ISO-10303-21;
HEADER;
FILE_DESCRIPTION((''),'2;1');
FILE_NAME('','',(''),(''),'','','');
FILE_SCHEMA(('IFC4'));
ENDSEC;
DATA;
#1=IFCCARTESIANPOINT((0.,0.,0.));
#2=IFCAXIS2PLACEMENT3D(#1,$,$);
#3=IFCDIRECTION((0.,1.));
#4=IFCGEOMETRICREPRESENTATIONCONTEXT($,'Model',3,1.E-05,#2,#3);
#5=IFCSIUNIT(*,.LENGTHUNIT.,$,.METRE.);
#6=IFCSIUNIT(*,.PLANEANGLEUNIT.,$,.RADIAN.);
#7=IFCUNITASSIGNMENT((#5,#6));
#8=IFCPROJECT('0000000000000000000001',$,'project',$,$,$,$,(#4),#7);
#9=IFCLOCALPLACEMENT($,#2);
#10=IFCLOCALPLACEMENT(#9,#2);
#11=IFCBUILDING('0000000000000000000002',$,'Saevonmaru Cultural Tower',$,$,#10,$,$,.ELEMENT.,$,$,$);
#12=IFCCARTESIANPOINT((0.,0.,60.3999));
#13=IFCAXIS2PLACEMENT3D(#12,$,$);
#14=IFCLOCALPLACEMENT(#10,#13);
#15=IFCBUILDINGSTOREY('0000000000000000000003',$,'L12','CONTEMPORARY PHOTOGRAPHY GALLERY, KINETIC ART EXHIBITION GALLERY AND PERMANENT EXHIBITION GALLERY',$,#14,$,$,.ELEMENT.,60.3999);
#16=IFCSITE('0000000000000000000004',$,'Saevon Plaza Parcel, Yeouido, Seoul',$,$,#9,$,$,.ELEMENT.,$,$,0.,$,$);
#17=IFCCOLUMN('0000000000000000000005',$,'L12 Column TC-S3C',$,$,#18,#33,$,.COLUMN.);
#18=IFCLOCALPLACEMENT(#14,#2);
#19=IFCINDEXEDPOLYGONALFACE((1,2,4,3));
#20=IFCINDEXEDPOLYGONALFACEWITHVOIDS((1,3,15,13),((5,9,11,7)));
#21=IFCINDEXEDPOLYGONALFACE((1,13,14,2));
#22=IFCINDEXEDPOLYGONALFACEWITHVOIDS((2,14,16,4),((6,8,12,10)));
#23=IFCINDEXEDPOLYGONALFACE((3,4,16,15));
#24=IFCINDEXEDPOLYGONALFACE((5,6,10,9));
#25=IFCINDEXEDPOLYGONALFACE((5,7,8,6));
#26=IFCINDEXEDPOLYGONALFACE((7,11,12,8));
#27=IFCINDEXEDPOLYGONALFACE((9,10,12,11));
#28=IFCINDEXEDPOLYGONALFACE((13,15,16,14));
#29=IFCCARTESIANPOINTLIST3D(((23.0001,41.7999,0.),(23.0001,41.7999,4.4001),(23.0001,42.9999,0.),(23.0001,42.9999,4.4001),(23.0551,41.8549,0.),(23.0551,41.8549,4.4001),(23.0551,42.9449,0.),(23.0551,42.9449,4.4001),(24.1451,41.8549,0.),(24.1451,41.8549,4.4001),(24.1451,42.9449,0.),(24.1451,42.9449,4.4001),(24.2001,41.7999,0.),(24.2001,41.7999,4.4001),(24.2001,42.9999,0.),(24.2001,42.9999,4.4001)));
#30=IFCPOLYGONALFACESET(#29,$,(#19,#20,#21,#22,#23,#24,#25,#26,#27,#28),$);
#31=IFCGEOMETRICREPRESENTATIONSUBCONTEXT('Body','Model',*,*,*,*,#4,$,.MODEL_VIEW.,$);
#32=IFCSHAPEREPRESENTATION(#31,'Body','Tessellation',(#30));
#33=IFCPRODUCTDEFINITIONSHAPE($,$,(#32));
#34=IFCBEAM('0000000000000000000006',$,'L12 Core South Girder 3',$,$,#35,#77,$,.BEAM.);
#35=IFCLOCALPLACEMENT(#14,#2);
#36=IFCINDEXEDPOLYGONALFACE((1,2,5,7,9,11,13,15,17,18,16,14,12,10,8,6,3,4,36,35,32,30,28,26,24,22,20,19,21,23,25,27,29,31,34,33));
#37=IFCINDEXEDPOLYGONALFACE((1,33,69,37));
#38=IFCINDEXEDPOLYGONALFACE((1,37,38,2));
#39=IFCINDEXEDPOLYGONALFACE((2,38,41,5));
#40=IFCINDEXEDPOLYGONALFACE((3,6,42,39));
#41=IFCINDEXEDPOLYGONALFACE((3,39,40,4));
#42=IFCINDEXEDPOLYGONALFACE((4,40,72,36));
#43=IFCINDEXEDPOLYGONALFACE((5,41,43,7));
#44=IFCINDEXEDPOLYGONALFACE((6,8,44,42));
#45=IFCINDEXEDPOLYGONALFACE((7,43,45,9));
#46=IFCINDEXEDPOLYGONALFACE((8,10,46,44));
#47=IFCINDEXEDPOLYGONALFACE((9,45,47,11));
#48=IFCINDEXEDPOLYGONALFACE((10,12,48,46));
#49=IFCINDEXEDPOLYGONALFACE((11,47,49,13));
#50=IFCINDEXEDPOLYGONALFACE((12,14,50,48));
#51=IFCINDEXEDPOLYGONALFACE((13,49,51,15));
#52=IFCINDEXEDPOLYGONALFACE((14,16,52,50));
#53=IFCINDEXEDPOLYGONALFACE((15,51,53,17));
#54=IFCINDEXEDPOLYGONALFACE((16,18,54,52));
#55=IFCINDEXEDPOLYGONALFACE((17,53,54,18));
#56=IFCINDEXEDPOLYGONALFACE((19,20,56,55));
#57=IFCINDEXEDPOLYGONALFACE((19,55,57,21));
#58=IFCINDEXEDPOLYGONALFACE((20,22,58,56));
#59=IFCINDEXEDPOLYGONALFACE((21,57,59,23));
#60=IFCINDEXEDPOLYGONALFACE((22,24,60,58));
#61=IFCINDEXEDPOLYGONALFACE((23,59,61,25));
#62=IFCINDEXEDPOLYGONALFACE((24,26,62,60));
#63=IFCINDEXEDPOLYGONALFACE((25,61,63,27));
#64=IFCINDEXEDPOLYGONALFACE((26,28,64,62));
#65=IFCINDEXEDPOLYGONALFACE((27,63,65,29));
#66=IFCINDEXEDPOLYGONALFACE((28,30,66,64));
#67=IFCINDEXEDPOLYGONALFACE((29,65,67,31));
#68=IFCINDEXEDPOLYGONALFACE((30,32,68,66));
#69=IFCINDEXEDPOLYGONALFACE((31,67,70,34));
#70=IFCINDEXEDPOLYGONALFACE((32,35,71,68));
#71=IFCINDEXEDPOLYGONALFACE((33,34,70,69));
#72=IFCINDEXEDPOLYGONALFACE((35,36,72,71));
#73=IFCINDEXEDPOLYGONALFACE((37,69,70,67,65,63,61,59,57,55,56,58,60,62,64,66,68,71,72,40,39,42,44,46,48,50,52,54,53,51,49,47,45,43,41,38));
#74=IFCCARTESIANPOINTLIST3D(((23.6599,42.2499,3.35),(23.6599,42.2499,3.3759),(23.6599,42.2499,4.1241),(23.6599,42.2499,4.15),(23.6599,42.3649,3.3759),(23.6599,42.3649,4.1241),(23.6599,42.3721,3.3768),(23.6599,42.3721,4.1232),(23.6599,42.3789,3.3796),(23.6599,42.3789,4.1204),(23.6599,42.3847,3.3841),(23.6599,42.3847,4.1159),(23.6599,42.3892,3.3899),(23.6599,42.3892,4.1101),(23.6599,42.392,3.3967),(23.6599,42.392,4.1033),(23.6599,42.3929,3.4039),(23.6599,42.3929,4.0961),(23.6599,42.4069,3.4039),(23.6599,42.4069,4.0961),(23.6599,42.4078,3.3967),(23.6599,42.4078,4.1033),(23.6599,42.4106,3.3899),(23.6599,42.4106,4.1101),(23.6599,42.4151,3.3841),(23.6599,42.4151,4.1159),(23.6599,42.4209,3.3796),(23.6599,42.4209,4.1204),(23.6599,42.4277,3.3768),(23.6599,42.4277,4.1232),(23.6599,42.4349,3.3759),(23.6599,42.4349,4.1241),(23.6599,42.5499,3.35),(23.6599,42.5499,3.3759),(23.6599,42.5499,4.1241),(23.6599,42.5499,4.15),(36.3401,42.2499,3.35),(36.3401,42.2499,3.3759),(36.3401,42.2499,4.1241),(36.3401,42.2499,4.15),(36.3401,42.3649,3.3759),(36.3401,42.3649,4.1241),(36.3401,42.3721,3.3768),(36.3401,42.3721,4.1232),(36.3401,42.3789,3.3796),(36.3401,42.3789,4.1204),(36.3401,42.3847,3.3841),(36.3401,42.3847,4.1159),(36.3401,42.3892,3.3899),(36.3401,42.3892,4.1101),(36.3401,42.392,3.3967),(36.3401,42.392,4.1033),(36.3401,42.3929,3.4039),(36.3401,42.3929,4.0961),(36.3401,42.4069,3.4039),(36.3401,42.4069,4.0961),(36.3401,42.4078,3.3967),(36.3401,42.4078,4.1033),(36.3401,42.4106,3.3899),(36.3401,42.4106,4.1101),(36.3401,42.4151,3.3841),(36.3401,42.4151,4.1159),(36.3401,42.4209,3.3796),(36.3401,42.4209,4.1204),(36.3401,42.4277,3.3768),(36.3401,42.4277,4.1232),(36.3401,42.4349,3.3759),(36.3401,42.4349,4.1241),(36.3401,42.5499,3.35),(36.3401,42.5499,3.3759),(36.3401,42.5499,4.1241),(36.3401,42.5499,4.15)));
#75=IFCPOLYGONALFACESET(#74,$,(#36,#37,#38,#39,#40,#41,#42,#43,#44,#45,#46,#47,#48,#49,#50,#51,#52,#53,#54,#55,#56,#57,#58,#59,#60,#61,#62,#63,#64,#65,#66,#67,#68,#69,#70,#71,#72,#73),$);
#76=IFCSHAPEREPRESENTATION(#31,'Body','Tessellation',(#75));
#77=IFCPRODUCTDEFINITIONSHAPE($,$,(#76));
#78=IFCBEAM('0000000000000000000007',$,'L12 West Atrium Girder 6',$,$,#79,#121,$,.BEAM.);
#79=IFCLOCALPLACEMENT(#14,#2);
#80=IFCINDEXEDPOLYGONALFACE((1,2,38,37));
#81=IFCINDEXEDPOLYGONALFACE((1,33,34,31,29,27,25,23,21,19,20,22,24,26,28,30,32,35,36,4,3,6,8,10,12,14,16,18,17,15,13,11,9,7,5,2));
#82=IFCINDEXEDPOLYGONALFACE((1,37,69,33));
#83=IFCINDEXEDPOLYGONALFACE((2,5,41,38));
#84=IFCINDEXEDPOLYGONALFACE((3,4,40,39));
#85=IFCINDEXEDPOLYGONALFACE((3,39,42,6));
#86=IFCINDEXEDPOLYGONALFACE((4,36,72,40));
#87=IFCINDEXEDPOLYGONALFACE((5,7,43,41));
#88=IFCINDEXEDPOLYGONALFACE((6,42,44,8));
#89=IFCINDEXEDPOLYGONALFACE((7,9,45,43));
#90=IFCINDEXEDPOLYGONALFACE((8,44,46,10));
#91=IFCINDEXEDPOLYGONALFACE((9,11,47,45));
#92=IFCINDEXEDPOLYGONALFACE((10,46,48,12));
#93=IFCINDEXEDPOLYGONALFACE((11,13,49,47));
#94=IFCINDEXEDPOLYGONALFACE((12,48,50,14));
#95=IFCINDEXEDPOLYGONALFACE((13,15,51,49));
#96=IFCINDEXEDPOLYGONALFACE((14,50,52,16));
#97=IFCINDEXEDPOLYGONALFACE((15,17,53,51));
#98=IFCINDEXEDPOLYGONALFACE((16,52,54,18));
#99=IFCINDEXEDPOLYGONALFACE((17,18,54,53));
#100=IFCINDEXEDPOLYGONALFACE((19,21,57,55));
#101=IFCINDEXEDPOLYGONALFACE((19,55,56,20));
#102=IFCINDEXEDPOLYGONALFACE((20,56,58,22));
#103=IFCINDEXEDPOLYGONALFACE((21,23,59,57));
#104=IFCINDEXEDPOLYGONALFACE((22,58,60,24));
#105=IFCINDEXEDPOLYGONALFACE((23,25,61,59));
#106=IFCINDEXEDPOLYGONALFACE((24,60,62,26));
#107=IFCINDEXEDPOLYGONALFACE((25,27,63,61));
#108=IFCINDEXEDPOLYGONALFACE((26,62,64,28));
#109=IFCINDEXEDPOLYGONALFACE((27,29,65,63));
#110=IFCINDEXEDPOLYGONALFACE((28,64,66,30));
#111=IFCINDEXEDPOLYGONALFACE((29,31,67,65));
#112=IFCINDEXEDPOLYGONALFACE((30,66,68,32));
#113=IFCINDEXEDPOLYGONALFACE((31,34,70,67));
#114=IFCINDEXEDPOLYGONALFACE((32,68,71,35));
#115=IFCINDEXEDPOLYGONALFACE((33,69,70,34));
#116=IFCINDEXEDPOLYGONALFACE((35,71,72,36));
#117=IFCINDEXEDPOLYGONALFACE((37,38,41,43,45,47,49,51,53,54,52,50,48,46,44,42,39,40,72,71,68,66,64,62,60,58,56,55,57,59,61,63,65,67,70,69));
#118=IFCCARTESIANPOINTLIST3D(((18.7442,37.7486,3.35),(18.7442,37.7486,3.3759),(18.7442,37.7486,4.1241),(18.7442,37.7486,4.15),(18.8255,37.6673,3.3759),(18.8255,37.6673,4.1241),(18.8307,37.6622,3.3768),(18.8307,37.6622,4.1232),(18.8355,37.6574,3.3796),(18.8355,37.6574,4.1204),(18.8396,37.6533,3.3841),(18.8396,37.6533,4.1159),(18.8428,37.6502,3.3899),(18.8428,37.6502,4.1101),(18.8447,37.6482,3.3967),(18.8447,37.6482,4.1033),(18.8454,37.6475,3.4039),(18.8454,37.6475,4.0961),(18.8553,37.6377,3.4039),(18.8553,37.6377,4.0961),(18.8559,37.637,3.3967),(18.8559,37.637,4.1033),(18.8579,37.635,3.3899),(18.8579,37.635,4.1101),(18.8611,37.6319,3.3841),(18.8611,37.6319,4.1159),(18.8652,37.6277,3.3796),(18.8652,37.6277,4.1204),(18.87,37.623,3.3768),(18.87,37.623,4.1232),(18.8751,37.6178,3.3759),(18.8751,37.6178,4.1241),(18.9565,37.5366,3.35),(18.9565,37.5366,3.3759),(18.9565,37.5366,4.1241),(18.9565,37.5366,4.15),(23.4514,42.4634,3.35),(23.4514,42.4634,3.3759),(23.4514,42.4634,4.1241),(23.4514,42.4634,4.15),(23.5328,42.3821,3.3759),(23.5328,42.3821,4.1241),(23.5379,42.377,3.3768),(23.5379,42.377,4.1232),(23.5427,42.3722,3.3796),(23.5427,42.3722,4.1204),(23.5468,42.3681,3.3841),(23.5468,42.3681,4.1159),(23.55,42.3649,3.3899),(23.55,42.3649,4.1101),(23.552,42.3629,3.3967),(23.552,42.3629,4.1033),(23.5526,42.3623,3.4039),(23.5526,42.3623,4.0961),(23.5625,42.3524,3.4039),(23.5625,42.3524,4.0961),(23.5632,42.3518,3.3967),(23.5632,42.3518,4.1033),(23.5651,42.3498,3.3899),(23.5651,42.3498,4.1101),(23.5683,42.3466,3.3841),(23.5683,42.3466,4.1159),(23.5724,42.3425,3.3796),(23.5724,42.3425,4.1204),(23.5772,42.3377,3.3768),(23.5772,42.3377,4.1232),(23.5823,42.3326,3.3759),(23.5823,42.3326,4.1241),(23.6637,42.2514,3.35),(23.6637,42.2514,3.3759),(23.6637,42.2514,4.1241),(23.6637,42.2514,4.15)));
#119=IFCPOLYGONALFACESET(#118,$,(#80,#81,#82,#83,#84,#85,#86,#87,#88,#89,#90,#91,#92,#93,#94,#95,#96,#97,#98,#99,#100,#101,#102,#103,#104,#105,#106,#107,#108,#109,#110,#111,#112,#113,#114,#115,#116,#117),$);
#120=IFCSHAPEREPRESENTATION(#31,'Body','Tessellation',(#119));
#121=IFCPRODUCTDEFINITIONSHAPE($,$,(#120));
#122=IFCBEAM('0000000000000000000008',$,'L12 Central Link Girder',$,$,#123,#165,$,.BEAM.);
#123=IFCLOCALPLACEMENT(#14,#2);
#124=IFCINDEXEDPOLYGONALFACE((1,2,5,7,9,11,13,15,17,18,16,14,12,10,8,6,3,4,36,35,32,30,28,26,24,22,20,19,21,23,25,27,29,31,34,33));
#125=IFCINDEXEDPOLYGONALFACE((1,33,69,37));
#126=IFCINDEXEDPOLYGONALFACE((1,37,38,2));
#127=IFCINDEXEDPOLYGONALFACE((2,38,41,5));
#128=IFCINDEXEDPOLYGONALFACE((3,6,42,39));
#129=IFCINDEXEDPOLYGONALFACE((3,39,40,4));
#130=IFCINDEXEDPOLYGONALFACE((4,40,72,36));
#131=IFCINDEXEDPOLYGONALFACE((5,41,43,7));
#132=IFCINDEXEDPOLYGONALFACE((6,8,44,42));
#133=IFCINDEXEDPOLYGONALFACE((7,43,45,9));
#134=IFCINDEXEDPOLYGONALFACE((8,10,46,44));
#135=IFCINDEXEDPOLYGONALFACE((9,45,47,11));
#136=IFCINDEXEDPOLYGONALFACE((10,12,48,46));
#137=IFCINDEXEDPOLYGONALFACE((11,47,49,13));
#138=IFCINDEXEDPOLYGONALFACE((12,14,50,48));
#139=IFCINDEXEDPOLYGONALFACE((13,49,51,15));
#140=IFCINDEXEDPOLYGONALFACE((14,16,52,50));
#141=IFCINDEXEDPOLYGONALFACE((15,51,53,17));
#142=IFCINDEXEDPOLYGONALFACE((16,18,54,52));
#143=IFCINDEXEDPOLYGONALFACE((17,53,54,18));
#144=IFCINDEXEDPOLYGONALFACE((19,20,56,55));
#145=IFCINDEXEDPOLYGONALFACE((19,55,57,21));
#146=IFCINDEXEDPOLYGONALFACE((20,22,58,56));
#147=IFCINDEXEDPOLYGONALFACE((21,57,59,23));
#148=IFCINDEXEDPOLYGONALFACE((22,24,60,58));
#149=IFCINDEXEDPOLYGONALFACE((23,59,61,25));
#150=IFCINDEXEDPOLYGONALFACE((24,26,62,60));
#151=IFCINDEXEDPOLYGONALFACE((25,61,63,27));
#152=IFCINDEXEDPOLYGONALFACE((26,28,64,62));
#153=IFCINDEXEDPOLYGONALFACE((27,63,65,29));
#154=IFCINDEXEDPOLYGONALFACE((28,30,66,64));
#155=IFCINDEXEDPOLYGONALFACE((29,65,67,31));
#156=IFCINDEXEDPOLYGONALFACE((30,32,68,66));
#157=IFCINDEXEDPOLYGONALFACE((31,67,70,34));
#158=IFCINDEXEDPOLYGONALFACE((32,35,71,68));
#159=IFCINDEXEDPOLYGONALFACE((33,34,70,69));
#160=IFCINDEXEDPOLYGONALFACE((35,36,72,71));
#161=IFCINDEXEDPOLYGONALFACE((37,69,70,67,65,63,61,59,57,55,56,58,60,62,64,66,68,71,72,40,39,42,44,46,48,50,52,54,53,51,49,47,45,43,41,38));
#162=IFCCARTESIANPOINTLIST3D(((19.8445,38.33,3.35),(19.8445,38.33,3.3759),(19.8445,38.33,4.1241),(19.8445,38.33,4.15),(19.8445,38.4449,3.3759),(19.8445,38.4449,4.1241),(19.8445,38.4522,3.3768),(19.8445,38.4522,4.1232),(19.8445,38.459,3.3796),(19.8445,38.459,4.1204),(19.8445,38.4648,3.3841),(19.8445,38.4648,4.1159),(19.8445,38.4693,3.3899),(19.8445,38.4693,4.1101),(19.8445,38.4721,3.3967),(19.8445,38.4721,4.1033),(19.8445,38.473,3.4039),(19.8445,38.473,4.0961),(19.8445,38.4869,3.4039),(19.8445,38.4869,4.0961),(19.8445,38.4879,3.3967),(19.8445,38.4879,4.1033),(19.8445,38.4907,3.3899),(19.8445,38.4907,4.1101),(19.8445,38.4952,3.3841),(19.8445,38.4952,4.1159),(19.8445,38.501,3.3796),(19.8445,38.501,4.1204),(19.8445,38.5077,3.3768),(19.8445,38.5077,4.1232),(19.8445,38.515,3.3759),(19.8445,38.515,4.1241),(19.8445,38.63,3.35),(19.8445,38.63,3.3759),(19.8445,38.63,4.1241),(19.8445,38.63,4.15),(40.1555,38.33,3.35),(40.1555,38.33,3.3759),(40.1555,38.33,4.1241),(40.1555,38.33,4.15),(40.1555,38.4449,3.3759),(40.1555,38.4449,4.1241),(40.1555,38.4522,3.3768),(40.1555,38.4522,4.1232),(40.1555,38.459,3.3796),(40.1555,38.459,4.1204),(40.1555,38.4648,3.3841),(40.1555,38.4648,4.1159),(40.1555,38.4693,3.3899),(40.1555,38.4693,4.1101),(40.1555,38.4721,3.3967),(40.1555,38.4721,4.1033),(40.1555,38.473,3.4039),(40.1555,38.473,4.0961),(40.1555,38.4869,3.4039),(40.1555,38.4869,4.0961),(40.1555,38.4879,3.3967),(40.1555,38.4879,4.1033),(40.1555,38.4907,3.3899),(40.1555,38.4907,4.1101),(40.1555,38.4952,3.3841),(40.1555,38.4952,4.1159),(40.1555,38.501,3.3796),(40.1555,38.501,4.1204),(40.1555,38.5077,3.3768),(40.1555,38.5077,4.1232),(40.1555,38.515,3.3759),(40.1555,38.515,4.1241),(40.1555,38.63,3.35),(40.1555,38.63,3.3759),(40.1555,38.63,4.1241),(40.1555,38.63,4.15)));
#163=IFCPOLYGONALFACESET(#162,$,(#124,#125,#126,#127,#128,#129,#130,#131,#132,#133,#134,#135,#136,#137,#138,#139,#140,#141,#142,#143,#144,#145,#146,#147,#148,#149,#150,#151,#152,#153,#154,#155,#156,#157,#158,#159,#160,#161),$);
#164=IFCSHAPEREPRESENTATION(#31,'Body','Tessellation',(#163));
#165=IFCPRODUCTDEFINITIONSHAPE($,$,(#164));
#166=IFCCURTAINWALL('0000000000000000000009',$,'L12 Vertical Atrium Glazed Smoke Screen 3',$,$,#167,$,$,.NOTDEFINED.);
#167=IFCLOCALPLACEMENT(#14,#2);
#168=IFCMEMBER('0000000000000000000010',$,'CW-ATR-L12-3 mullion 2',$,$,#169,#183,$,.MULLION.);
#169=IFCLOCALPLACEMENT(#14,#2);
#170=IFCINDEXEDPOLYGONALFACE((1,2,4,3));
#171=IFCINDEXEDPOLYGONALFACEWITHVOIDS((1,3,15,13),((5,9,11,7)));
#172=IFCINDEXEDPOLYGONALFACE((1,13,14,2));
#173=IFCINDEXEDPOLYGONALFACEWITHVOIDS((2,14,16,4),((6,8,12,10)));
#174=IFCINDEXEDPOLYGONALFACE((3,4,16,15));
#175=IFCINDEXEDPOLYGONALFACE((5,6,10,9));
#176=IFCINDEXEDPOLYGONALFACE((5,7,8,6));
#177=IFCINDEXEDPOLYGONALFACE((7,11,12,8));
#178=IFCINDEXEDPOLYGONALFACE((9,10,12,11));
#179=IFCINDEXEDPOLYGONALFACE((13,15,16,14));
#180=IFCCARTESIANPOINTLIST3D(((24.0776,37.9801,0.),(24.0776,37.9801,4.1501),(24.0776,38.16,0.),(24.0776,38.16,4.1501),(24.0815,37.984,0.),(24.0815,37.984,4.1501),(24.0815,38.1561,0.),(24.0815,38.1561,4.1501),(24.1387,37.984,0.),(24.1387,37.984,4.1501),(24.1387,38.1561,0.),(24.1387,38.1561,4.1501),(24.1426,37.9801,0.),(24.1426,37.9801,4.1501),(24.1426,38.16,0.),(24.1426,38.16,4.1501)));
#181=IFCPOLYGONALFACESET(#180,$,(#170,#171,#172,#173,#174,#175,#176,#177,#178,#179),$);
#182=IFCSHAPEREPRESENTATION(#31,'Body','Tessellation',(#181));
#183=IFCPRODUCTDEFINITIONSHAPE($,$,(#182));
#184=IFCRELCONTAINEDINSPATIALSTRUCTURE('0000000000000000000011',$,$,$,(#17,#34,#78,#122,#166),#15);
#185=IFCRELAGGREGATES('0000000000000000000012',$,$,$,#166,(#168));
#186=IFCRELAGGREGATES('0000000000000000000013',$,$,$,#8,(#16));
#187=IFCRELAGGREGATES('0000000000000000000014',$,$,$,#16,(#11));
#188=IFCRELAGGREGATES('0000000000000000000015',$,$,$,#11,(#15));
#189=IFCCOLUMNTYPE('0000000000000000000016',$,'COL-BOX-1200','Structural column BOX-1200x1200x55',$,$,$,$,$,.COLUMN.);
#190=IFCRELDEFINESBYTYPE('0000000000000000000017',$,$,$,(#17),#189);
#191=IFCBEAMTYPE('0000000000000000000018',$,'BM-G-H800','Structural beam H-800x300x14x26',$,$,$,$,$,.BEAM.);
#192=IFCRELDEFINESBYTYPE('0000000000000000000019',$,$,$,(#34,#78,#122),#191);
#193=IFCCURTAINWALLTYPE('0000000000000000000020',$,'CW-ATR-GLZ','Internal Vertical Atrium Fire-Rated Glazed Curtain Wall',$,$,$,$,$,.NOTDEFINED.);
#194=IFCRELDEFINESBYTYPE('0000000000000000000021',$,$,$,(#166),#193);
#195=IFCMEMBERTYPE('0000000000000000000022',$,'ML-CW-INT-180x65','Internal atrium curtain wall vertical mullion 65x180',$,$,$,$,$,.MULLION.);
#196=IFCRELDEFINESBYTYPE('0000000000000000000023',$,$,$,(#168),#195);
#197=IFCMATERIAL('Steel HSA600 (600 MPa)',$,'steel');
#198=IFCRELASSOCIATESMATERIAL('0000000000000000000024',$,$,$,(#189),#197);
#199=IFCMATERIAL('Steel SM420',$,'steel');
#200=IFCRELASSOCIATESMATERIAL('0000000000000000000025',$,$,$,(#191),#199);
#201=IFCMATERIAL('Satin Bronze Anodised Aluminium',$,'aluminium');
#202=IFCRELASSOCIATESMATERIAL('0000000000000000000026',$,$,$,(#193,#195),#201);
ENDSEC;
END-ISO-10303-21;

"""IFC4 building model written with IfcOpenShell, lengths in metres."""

from ifc_helpers import new_model, si_unit, direction, frame, origin, origin_2d, place, context, subcontext, project, spatial, hollow_rectangle, i_section, extrude, material, material_profile, profile_set, type_object, element, aggregate, save


model = new_model("IFC4")

# Units and contexts
model_context = context("Model", 3, precision=1e-05, world=origin(), true_north=direction((0.0, 1.0)))
body_context = subcontext(model_context, "Body", "Model", "MODEL_VIEW")
ifc_project = project(units=[si_unit("LENGTHUNIT", "METRE"), si_unit("PLANEANGLEUNIT", "RADIAN")], contexts=[model_context])

# Site, building, storey
site_placement = place(None, origin())
site = spatial("IfcSite", under=ifc_project, at=site_placement, Name="Saevon Plaza Parcel, Yeouido, Seoul", CompositionType="ELEMENT", RefElevation=0.0)
building_placement = place(site_placement, origin())
building = spatial("IfcBuilding", under=site, at=building_placement, Name="Saevonmaru Cultural Tower", CompositionType="ELEMENT")
storey_placement = place(building_placement, frame((0.0, 0.0, 60.3999)))
storey = spatial("IfcBuildingStorey", under=building, at=storey_placement, Name="L12", Description="CONTEMPORARY PHOTOGRAPHY GALLERY, KINETIC ART EXHIBITION GALLERY AND PERMANENT EXHIBITION GALLERY", CompositionType="ELEMENT", Elevation=60.3999)

# Column
ifc_material_1 = material(Name="Steel HSA600 (600 MPa)", Category="steel")
ifc_material_profile_1 = material_profile(ifc_material_1, hollow_rectangle(XDim=1.2, YDim=1.2, WallThickness=0.0549, at=origin_2d()), Name="BOX-1200x1200x55")
ifc_profile_set_1 = profile_set([ifc_material_profile_1], Name="Steel HSA600 (600 MPa)")
column_type = type_object("IfcColumnType", Name="COL-BOX-1200", Description="Structural column BOX-1200x1200x55", PredefinedType="COLUMN", material=ifc_profile_set_1)
column_placement = place(storey_placement, frame((23.6001, 42.3999, 0.0), z_axis=(0.0, 0.0, 1.0), x_axis=(1.0, 0.0, 0.0)))
element("IfcColumn", 1, at=column_placement, inside=storey, type_object=column_type, Name="L12 Column TC-S3C", PredefinedType="COLUMN", context=body_context, shape_type="SweptSolid", body=[
    extrude(hollow_rectangle(XDim=1.2, YDim=1.2, WallThickness=0.0549, at=origin_2d()), origin(), (0.0, 0.0, 1.0), 4.4001),
])

# Beams
ifc_material_2 = material(Name="Steel SM420", Category="steel")
ifc_material_profile_2 = material_profile(ifc_material_2, i_section(OverallWidth=0.3, OverallDepth=0.8, WebThickness=0.0139, FlangeThickness=0.0259, FilletRadius=0.0281, at=origin_2d()), Name="H-800x300x14x26")
ifc_profile_set_2 = profile_set([ifc_material_profile_2], Name="Steel SM420")
beam_type = type_object("IfcBeamType", Name="BM-G-H800", Description="Structural beam H-800x300x14x26", PredefinedType="BEAM", material=ifc_profile_set_2)
beam_1_placement = place(storey_placement, frame((23.6599, 42.3999, 3.75), z_axis=(1.0, 0.0, 0.0), x_axis=(0.0, 1.0, 0.0)))
element("IfcBeam", 2, at=beam_1_placement, inside=storey, type_object=beam_type, Name="L12 Core South Girder 3", PredefinedType="BEAM", context=body_context, shape_type="SweptSolid", body=[
    extrude(i_section(OverallWidth=0.3, OverallDepth=0.8, WebThickness=0.0139, FlangeThickness=0.0259, FilletRadius=0.0281, at=origin_2d()), origin(), (0.0, 0.0, 1.0), 12.6802),
])
beam_2_placement = place(storey_placement, frame((18.8503, 37.6426, 3.75), z_axis=(0.706539, 0.707675, 0.0), x_axis=(-0.707675, 0.706539, 0.0)))
element("IfcBeam", 3, at=beam_2_placement, inside=storey, type_object=beam_type, Name="L12 West Atrium Girder 6", PredefinedType="BEAM", context=body_context, shape_type="SweptSolid", body=[
    extrude(i_section(OverallWidth=0.3, OverallDepth=0.8, WebThickness=0.0139, FlangeThickness=0.0259, FilletRadius=0.0281, at=origin_2d()), origin(), (0.0, 0.0, 1.0), 6.6624),
])
beam_3_placement = place(storey_placement, frame((19.8445, 38.48, 3.75), z_axis=(1.0, 0.0, 0.0), x_axis=(0.0, 1.0, 0.0)))
element("IfcBeam", 4, at=beam_3_placement, inside=storey, type_object=beam_type, Name="L12 Central Link Girder", PredefinedType="BEAM", context=body_context, shape_type="SweptSolid", body=[
    extrude(i_section(OverallWidth=0.3, OverallDepth=0.8, WebThickness=0.0139, FlangeThickness=0.0259, FilletRadius=0.0281, at=origin_2d()), origin(), (0.0, 0.0, 1.0), 20.311),
])

# Curtain wall, member
ifc_material_3 = material(Name="Satin Bronze Anodised Aluminium", Category="aluminium")
curtain_wall_type = type_object("IfcCurtainWallType", Name="CW-ATR-GLZ", Description="Internal Vertical Atrium Fire-Rated Glazed Curtain Wall", PredefinedType="NOTDEFINED", material=ifc_material_3)
curtain_wall_1_placement = place(storey_placement, origin())
curtain_wall_1 = element("IfcCurtainWall", 5, at=curtain_wall_1_placement, inside=storey, type_object=curtain_wall_type, Name="L12 Vertical Atrium Glazed Smoke Screen 3", PredefinedType="NOTDEFINED")
ifc_material_profile_3 = material_profile(ifc_material_3, hollow_rectangle(XDim=0.0649, YDim=0.1799, WallThickness=0.0039, at=origin_2d()), Name="ALU-MULL-180x65x4")
ifc_profile_set_3 = profile_set([ifc_material_profile_3], Name="Satin Bronze Anodised Aluminium")
member_type_1 = type_object("IfcMemberType", Name="ML-CW-INT-180x65", Description="Internal atrium curtain wall vertical mullion 65x180", PredefinedType="MULLION", material=ifc_profile_set_3)
member_1_placement = place(storey_placement, frame((24.1101, 38.0701, 0.0), z_axis=(0.0, 0.0, 1.0), x_axis=(-1.0, 0.0, 0.0)))
member_1 = element("IfcMember", 6, at=member_1_placement, type_object=member_type_1, Name="CW-ATR-L12-3 mullion 2", PredefinedType="MULLION", context=body_context, shape_type="SweptSolid", body=[
    extrude(hollow_rectangle(XDim=0.0649, YDim=0.1799, WallThickness=0.0039, at=origin_2d()), origin(), (0.0, 0.0, 1.0), 4.1501),
])
aggregate(curtain_wall_1, [member_1])

save(model, "model.ifc")
